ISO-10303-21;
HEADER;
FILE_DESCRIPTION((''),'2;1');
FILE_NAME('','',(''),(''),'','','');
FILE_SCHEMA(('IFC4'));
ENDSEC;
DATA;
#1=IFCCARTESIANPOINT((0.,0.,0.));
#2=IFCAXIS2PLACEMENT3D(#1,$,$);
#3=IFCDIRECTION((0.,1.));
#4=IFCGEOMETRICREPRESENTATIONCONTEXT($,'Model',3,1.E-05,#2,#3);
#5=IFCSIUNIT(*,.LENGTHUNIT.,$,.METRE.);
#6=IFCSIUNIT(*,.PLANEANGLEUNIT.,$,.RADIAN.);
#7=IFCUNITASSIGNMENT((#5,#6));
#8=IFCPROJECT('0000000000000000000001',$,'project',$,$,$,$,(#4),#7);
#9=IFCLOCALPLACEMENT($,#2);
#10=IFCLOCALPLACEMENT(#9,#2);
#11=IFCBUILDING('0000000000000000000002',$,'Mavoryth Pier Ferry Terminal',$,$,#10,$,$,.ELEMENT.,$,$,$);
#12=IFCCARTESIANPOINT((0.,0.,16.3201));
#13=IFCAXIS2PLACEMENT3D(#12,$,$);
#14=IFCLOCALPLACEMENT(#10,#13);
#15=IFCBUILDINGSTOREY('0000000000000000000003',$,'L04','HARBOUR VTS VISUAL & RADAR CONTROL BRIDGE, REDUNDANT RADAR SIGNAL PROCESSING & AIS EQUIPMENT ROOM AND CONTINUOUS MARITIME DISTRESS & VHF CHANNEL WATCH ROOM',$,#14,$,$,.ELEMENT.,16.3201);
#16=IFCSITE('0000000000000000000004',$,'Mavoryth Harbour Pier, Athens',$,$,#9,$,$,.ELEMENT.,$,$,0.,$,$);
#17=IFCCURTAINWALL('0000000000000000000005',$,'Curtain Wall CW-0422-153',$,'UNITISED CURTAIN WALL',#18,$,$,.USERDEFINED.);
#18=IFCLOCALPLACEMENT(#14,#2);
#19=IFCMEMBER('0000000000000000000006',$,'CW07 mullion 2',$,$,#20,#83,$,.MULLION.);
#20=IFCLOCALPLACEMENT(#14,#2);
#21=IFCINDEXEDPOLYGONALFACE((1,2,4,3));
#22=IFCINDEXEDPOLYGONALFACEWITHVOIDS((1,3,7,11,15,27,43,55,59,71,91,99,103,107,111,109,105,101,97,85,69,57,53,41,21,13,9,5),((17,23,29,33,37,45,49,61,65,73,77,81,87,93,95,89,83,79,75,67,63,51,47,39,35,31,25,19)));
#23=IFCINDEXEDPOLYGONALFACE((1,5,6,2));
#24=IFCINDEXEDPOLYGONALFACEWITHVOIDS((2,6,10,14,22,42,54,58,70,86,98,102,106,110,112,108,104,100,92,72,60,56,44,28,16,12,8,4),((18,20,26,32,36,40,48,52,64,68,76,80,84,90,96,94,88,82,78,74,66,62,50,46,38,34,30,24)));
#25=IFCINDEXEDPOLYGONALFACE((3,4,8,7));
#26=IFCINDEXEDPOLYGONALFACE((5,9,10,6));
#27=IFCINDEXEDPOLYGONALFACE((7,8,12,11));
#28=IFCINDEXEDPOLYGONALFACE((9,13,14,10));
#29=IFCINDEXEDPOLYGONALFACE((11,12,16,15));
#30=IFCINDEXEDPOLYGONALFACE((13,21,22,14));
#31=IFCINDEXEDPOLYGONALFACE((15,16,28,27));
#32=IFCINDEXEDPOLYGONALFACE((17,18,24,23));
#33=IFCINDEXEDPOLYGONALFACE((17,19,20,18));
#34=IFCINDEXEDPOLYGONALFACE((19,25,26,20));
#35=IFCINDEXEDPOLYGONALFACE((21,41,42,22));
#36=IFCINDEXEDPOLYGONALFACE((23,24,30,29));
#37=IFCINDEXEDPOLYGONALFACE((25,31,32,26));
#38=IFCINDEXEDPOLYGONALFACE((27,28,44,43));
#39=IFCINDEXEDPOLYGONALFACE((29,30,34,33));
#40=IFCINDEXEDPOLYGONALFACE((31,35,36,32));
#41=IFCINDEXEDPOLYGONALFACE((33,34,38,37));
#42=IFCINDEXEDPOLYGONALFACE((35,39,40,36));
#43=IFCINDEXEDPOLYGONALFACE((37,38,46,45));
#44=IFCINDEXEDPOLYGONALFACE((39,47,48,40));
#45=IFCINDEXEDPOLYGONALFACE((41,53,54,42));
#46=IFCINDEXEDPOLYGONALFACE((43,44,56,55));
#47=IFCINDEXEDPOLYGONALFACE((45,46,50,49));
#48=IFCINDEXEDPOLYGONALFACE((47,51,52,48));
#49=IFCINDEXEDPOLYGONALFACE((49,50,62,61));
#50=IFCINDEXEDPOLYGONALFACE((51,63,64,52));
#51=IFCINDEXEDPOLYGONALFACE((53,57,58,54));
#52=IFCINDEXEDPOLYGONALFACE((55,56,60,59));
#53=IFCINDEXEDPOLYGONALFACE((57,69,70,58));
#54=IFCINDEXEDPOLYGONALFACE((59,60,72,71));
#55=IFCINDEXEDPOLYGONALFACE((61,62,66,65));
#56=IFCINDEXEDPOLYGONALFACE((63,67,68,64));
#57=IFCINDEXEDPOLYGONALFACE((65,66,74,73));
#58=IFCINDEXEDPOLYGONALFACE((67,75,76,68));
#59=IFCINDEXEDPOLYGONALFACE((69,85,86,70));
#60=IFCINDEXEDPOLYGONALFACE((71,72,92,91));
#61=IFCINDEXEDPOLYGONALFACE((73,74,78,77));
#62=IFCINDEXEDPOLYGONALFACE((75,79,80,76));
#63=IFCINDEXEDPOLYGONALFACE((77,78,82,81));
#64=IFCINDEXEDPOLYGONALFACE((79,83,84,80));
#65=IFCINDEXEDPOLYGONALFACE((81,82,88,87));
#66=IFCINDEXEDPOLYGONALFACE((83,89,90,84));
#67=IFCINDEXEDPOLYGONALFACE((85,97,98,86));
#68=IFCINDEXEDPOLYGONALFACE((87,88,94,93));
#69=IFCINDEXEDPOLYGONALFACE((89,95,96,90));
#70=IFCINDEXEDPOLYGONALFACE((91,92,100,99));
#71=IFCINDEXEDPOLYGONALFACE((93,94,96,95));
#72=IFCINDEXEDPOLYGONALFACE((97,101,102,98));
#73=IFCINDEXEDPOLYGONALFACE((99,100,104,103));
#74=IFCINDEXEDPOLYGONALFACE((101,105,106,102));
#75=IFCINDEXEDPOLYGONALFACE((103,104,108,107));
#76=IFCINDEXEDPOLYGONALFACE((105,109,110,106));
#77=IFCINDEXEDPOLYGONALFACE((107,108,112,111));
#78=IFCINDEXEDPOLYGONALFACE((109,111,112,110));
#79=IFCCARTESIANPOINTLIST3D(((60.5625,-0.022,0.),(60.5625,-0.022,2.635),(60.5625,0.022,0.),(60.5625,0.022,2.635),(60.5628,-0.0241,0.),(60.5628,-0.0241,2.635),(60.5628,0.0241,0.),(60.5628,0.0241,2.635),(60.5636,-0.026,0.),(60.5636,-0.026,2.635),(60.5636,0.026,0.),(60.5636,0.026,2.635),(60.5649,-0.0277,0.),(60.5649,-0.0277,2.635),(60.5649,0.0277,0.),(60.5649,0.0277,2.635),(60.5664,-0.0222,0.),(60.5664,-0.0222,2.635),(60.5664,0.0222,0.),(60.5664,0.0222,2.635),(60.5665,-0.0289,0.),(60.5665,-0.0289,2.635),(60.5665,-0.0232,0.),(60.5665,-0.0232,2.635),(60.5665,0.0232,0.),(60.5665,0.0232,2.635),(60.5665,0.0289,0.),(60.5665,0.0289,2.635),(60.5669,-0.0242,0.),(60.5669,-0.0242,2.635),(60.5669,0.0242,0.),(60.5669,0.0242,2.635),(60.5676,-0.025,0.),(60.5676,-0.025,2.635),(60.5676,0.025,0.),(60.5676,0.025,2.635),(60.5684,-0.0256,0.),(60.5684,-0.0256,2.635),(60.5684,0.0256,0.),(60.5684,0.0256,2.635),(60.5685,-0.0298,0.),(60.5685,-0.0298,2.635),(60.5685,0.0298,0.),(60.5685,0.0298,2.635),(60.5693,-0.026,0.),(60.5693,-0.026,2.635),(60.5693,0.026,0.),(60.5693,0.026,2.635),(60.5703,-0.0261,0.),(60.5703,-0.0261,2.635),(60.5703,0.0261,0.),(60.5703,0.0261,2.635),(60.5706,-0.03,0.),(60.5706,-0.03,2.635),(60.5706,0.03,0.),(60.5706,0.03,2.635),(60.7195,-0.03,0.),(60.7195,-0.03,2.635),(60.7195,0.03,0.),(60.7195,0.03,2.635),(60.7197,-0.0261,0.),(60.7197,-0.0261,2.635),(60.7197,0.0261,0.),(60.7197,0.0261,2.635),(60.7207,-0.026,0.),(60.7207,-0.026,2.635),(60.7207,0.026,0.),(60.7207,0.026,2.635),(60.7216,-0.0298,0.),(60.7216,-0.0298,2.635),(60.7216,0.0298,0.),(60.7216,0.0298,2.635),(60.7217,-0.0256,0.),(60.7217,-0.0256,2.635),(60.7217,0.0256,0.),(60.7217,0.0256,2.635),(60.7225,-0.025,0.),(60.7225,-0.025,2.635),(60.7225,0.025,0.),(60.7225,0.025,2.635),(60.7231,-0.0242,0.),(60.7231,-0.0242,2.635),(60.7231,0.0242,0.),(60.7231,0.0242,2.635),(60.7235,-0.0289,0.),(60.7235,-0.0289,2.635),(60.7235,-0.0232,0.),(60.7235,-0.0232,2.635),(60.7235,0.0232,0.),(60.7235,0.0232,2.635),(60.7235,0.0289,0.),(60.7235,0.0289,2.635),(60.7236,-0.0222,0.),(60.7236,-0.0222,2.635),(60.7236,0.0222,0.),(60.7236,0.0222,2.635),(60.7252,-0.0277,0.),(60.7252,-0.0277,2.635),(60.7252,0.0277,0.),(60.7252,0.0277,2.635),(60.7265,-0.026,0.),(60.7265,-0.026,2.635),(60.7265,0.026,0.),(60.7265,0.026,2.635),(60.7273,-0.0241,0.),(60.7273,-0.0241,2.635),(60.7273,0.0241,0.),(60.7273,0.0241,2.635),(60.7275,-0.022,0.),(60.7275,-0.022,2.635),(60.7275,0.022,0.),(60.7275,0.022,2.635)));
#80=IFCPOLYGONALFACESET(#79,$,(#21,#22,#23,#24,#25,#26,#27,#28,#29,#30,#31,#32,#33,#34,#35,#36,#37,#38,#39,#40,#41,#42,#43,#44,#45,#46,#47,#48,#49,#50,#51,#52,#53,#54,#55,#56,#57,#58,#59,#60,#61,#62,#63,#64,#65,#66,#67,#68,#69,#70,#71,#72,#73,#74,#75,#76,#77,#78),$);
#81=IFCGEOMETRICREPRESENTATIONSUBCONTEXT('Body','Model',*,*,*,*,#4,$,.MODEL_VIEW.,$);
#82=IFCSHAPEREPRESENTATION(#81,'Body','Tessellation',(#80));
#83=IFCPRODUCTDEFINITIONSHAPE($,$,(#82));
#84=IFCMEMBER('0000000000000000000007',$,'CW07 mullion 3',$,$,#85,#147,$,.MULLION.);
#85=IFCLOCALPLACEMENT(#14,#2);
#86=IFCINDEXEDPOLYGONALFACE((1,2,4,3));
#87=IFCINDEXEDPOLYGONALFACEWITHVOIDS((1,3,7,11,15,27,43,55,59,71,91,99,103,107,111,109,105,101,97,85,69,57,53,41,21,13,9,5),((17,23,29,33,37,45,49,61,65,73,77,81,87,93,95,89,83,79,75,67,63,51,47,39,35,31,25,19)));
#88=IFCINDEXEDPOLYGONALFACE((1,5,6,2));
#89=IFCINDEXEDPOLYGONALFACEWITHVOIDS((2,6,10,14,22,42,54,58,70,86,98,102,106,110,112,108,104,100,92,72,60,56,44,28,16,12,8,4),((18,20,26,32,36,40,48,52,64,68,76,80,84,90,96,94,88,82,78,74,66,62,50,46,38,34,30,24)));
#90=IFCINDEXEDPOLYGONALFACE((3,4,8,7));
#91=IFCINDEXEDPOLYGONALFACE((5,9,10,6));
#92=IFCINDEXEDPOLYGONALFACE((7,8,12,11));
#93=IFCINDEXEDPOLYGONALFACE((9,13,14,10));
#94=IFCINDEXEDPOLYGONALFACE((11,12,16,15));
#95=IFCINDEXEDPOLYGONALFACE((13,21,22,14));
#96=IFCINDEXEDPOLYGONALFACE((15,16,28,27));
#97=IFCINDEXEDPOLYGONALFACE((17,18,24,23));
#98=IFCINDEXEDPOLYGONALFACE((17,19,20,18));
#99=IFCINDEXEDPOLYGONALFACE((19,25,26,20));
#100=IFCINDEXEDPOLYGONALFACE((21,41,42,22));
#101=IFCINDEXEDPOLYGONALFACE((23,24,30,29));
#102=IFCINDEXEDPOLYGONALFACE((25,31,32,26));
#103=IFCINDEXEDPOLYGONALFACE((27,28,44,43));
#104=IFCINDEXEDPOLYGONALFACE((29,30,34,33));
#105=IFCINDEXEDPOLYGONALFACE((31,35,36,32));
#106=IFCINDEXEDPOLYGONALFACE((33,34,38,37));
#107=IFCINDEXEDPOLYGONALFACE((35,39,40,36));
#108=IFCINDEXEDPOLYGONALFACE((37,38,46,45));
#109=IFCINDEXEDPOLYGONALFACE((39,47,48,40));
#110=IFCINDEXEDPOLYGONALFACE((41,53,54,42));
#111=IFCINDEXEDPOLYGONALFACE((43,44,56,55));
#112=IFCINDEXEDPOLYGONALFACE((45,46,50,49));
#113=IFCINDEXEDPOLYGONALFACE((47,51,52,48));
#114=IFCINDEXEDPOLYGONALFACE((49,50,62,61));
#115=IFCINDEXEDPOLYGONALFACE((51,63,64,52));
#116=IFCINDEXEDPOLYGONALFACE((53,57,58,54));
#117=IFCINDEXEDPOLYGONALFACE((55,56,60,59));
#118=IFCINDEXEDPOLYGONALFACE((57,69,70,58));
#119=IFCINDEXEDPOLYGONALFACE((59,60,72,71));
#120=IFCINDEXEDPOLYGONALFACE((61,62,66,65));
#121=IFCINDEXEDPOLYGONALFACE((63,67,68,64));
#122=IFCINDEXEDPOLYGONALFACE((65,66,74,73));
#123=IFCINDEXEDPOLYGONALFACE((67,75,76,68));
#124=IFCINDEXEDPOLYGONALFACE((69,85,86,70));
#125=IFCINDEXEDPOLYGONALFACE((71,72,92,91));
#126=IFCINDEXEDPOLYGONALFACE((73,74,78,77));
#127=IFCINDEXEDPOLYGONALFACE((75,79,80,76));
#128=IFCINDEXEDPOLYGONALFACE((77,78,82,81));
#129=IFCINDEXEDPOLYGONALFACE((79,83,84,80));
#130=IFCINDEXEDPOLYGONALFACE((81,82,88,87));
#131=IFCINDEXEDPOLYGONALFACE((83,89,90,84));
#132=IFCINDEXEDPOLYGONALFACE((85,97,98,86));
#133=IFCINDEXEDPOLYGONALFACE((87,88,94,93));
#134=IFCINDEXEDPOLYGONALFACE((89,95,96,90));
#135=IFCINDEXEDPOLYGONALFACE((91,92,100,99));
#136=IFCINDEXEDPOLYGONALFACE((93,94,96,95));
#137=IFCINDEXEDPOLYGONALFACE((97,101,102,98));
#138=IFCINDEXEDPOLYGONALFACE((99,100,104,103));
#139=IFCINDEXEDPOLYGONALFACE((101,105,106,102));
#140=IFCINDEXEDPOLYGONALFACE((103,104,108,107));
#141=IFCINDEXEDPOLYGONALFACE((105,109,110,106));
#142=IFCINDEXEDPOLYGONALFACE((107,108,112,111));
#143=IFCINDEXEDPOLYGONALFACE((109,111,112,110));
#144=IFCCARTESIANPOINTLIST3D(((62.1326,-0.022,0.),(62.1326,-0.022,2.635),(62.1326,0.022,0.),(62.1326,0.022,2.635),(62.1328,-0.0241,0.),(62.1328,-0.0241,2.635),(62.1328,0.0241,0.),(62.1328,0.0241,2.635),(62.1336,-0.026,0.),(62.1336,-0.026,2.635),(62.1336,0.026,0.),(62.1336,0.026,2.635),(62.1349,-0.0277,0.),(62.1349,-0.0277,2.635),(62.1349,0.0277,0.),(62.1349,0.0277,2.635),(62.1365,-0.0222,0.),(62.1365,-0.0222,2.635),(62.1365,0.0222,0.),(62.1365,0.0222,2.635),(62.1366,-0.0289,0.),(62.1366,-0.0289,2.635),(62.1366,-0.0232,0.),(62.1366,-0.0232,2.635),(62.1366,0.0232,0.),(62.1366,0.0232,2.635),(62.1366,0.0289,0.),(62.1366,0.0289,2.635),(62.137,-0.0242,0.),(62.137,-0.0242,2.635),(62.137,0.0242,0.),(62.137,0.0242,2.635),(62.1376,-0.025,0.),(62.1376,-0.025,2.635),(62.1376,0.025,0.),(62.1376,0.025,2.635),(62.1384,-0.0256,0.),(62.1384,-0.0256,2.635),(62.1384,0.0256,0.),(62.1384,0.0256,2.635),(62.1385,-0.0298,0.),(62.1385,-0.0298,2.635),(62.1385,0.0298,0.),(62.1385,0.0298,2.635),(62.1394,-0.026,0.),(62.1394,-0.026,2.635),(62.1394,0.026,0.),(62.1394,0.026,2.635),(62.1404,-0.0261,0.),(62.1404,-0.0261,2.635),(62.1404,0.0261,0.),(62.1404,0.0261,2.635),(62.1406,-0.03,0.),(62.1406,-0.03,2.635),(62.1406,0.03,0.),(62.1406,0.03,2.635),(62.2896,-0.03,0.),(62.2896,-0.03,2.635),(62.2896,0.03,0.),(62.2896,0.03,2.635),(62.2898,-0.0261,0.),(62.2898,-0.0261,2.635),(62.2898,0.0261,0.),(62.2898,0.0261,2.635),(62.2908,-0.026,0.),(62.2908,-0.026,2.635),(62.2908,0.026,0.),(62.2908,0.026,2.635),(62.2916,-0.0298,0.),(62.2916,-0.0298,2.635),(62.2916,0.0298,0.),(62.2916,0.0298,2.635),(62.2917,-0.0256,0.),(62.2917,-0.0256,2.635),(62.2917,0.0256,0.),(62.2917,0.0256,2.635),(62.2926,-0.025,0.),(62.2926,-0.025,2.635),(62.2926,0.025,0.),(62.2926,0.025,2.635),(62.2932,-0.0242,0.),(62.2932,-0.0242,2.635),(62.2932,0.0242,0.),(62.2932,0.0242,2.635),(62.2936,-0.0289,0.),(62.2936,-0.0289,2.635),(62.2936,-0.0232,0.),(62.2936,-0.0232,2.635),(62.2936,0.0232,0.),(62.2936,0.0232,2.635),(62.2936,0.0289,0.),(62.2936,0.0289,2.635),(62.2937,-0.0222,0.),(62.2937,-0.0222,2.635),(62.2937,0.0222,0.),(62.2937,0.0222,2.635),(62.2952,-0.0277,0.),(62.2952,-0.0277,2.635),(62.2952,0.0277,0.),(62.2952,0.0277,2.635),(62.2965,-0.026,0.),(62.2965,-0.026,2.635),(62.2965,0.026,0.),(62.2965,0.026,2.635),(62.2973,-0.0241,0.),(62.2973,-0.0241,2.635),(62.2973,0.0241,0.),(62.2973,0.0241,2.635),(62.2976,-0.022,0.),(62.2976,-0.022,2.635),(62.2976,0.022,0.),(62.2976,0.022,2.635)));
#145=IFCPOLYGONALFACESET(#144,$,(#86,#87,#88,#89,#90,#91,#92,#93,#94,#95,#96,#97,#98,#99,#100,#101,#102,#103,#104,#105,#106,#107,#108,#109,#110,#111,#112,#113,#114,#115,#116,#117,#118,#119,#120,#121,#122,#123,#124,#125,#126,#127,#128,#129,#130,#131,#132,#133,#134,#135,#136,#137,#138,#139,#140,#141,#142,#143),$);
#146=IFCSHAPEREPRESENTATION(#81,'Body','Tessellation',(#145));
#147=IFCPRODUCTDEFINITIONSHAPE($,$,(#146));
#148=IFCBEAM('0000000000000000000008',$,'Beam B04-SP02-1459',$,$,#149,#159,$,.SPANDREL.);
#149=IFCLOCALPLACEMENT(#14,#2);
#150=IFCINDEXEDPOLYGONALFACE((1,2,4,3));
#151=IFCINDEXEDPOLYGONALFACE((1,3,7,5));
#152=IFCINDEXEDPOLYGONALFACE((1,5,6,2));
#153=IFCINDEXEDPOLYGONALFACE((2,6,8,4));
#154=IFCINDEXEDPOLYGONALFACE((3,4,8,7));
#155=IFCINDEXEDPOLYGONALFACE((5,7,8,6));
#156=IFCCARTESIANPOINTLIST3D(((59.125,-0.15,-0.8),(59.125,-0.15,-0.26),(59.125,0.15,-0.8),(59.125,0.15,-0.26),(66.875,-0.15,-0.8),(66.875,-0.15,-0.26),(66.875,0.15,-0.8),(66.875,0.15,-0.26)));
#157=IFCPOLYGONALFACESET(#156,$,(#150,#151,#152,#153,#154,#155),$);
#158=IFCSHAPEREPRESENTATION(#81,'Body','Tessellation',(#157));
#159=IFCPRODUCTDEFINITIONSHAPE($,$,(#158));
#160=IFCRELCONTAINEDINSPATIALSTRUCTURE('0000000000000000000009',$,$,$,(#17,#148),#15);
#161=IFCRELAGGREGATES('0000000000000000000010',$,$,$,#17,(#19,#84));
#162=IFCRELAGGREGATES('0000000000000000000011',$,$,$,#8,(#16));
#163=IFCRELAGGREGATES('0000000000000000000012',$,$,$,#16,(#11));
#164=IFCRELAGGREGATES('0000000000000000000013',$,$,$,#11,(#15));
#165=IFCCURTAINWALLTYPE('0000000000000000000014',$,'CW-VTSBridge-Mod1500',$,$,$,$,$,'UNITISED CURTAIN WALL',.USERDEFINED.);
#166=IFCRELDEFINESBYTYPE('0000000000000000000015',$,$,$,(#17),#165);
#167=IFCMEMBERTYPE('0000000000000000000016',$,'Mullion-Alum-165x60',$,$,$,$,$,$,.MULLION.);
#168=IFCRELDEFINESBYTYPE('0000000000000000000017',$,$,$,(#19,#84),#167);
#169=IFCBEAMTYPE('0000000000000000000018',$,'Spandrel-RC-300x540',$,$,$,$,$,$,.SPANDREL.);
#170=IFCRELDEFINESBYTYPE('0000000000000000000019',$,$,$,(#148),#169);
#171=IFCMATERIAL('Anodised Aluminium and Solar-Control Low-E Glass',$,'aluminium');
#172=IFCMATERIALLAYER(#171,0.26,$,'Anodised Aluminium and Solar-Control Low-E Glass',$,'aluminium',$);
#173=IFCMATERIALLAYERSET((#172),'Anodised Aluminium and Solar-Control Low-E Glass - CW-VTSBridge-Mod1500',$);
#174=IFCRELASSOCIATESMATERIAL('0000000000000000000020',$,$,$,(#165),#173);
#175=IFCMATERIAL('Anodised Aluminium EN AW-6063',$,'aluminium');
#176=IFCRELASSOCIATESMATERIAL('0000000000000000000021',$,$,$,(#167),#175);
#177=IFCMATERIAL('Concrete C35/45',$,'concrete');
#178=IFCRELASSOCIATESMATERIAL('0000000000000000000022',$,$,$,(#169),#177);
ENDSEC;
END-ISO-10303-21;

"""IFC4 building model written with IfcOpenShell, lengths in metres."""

from ifc_helpers import new_model, si_unit, direction, frame, origin, origin_2d, place, context, subcontext, project, spatial, rectangle, hollow_rectangle, extrude, material, layer, layer_set, material_profile, profile_set, type_object, element, aggregate, save


model = new_model("IFC4")

# Units and contexts
model_context = context("Model", 3, precision=1e-05, world=origin(), true_north=direction((0.0, 1.0)))
body_context = subcontext(model_context, "Body", "Model", "MODEL_VIEW")
ifc_project = project(units=[si_unit("LENGTHUNIT", "METRE"), si_unit("PLANEANGLEUNIT", "RADIAN")], contexts=[model_context])

# Site, building, storey
site_placement = place(None, origin())
site = spatial("IfcSite", under=ifc_project, at=site_placement, Name="Mavoryth Harbour Pier, Athens", CompositionType="ELEMENT", RefElevation=0.0)
building_placement = place(site_placement, origin())
building = spatial("IfcBuilding", under=site, at=building_placement, Name="Mavoryth Pier Ferry Terminal", CompositionType="ELEMENT")
storey_placement = place(building_placement, frame((0.0, 0.0, 16.3201)))
storey = spatial("IfcBuildingStorey", under=building, at=storey_placement, Name="L04", Description="HARBOUR VTS VISUAL & RADAR CONTROL BRIDGE, REDUNDANT RADAR SIGNAL PROCESSING & AIS EQUIPMENT ROOM AND CONTINUOUS MARITIME DISTRESS & VHF CHANNEL WATCH ROOM", CompositionType="ELEMENT", Elevation=16.3201)

# Shared definitions
ifc_material_1 = material(Name="Anodised Aluminium and Solar-Control Low-E Glass", Category="aluminium")
ifc_layer_1 = layer(ifc_material_1, 0.26, Name="Anodised Aluminium and Solar-Control Low-E Glass", Category="aluminium")
ifc_layer_set_1 = layer_set([ifc_layer_1], Name="Anodised Aluminium and Solar-Control Low-E Glass - CW-VTSBridge-Mod1500")
curtain_wall_type = type_object("IfcCurtainWallType", Name="CW-VTSBridge-Mod1500", ElementType="UNITISED CURTAIN WALL", PredefinedType="USERDEFINED", material=ifc_layer_set_1)
ifc_material_2 = material(Name="Anodised Aluminium EN AW-6063", Category="aluminium")
ifc_material_profile_1 = material_profile(ifc_material_2, hollow_rectangle(XDim=0.0601, YDim=0.165, WallThickness=0.0039, InnerFilletRadius=0.0039, OuterFilletRadius=0.0081, at=origin_2d()), Name="AL-MULL 165x60x4", Category="aluminium")
ifc_profile_set_1 = profile_set([ifc_material_profile_1], Name="Anodised Aluminium EN AW-6063 - AL-MULL 165x60x4")
member_type_1 = type_object("IfcMemberType", Name="Mullion-Alum-165x60", PredefinedType="MULLION", material=ifc_profile_set_1)

# Curtain wall, members
curtain_wall_1_placement = place(storey_placement, origin())
curtain_wall_1 = element("IfcCurtainWall", 1, at=curtain_wall_1_placement, inside=storey, type_object=curtain_wall_type, Name="Curtain Wall CW-0422-153", ObjectType="UNITISED CURTAIN WALL", PredefinedType="USERDEFINED")
member_1_placement = place(storey_placement, frame((60.645, 0.0, 0.0), z_axis=(0.0, 0.0, 1.0), x_axis=(0.0, 1.0, 0.0)))
member_1 = element("IfcMember", 2, at=member_1_placement, type_object=member_type_1, Name="CW07 mullion 2", PredefinedType="MULLION", context=body_context, shape_type="SweptSolid", body=[
    extrude(hollow_rectangle(XDim=0.0601, YDim=0.165, WallThickness=0.0039, InnerFilletRadius=0.0039, OuterFilletRadius=0.0081, at=origin_2d()), origin(), (0.0, 0.0, 1.0), 2.635),
])
member_2_placement = place(storey_placement, frame((62.2151, 0.0, 0.0), z_axis=(0.0, 0.0, 1.0), x_axis=(0.0, 1.0, 0.0)))
member_2 = element("IfcMember", 3, at=member_2_placement, type_object=member_type_1, Name="CW07 mullion 3", PredefinedType="MULLION", context=body_context, shape_type="SweptSolid", body=[
    extrude(hollow_rectangle(XDim=0.0601, YDim=0.165, WallThickness=0.0039, InnerFilletRadius=0.0039, OuterFilletRadius=0.0081, at=origin_2d()), origin(), (0.0, 0.0, 1.0), 2.635),
])

# Beam
ifc_material_3 = material(Name="Concrete C35/45", Category="concrete")
ifc_material_profile_2 = material_profile(ifc_material_3, rectangle(XDim=0.3, YDim=0.54, at=origin_2d()), Name="RC 300x540", Category="concrete")
ifc_profile_set_2 = profile_set([ifc_material_profile_2], Name="Concrete C35/45 - RC 300x540")
beam_type = type_object("IfcBeamType", Name="Spandrel-RC-300x540", PredefinedType="SPANDREL", material=ifc_profile_set_2)
beam_placement = place(storey_placement, frame((59.125, 0.0, -0.53), z_axis=(1.0, 0.0, 0.0), x_axis=(0.0, 1.0, 0.0)))
element("IfcBeam", 4, at=beam_placement, inside=storey, type_object=beam_type, Name="Beam B04-SP02-1459", PredefinedType="SPANDREL", context=body_context, shape_type="SweptSolid", body=[
    extrude(rectangle(XDim=0.3, YDim=0.54, at=origin_2d()), origin(), (0.0, 0.0, 1.0), 7.75),
])

aggregate(curtain_wall_1, [member_1, member_2])

save(model, "model.ifc")
